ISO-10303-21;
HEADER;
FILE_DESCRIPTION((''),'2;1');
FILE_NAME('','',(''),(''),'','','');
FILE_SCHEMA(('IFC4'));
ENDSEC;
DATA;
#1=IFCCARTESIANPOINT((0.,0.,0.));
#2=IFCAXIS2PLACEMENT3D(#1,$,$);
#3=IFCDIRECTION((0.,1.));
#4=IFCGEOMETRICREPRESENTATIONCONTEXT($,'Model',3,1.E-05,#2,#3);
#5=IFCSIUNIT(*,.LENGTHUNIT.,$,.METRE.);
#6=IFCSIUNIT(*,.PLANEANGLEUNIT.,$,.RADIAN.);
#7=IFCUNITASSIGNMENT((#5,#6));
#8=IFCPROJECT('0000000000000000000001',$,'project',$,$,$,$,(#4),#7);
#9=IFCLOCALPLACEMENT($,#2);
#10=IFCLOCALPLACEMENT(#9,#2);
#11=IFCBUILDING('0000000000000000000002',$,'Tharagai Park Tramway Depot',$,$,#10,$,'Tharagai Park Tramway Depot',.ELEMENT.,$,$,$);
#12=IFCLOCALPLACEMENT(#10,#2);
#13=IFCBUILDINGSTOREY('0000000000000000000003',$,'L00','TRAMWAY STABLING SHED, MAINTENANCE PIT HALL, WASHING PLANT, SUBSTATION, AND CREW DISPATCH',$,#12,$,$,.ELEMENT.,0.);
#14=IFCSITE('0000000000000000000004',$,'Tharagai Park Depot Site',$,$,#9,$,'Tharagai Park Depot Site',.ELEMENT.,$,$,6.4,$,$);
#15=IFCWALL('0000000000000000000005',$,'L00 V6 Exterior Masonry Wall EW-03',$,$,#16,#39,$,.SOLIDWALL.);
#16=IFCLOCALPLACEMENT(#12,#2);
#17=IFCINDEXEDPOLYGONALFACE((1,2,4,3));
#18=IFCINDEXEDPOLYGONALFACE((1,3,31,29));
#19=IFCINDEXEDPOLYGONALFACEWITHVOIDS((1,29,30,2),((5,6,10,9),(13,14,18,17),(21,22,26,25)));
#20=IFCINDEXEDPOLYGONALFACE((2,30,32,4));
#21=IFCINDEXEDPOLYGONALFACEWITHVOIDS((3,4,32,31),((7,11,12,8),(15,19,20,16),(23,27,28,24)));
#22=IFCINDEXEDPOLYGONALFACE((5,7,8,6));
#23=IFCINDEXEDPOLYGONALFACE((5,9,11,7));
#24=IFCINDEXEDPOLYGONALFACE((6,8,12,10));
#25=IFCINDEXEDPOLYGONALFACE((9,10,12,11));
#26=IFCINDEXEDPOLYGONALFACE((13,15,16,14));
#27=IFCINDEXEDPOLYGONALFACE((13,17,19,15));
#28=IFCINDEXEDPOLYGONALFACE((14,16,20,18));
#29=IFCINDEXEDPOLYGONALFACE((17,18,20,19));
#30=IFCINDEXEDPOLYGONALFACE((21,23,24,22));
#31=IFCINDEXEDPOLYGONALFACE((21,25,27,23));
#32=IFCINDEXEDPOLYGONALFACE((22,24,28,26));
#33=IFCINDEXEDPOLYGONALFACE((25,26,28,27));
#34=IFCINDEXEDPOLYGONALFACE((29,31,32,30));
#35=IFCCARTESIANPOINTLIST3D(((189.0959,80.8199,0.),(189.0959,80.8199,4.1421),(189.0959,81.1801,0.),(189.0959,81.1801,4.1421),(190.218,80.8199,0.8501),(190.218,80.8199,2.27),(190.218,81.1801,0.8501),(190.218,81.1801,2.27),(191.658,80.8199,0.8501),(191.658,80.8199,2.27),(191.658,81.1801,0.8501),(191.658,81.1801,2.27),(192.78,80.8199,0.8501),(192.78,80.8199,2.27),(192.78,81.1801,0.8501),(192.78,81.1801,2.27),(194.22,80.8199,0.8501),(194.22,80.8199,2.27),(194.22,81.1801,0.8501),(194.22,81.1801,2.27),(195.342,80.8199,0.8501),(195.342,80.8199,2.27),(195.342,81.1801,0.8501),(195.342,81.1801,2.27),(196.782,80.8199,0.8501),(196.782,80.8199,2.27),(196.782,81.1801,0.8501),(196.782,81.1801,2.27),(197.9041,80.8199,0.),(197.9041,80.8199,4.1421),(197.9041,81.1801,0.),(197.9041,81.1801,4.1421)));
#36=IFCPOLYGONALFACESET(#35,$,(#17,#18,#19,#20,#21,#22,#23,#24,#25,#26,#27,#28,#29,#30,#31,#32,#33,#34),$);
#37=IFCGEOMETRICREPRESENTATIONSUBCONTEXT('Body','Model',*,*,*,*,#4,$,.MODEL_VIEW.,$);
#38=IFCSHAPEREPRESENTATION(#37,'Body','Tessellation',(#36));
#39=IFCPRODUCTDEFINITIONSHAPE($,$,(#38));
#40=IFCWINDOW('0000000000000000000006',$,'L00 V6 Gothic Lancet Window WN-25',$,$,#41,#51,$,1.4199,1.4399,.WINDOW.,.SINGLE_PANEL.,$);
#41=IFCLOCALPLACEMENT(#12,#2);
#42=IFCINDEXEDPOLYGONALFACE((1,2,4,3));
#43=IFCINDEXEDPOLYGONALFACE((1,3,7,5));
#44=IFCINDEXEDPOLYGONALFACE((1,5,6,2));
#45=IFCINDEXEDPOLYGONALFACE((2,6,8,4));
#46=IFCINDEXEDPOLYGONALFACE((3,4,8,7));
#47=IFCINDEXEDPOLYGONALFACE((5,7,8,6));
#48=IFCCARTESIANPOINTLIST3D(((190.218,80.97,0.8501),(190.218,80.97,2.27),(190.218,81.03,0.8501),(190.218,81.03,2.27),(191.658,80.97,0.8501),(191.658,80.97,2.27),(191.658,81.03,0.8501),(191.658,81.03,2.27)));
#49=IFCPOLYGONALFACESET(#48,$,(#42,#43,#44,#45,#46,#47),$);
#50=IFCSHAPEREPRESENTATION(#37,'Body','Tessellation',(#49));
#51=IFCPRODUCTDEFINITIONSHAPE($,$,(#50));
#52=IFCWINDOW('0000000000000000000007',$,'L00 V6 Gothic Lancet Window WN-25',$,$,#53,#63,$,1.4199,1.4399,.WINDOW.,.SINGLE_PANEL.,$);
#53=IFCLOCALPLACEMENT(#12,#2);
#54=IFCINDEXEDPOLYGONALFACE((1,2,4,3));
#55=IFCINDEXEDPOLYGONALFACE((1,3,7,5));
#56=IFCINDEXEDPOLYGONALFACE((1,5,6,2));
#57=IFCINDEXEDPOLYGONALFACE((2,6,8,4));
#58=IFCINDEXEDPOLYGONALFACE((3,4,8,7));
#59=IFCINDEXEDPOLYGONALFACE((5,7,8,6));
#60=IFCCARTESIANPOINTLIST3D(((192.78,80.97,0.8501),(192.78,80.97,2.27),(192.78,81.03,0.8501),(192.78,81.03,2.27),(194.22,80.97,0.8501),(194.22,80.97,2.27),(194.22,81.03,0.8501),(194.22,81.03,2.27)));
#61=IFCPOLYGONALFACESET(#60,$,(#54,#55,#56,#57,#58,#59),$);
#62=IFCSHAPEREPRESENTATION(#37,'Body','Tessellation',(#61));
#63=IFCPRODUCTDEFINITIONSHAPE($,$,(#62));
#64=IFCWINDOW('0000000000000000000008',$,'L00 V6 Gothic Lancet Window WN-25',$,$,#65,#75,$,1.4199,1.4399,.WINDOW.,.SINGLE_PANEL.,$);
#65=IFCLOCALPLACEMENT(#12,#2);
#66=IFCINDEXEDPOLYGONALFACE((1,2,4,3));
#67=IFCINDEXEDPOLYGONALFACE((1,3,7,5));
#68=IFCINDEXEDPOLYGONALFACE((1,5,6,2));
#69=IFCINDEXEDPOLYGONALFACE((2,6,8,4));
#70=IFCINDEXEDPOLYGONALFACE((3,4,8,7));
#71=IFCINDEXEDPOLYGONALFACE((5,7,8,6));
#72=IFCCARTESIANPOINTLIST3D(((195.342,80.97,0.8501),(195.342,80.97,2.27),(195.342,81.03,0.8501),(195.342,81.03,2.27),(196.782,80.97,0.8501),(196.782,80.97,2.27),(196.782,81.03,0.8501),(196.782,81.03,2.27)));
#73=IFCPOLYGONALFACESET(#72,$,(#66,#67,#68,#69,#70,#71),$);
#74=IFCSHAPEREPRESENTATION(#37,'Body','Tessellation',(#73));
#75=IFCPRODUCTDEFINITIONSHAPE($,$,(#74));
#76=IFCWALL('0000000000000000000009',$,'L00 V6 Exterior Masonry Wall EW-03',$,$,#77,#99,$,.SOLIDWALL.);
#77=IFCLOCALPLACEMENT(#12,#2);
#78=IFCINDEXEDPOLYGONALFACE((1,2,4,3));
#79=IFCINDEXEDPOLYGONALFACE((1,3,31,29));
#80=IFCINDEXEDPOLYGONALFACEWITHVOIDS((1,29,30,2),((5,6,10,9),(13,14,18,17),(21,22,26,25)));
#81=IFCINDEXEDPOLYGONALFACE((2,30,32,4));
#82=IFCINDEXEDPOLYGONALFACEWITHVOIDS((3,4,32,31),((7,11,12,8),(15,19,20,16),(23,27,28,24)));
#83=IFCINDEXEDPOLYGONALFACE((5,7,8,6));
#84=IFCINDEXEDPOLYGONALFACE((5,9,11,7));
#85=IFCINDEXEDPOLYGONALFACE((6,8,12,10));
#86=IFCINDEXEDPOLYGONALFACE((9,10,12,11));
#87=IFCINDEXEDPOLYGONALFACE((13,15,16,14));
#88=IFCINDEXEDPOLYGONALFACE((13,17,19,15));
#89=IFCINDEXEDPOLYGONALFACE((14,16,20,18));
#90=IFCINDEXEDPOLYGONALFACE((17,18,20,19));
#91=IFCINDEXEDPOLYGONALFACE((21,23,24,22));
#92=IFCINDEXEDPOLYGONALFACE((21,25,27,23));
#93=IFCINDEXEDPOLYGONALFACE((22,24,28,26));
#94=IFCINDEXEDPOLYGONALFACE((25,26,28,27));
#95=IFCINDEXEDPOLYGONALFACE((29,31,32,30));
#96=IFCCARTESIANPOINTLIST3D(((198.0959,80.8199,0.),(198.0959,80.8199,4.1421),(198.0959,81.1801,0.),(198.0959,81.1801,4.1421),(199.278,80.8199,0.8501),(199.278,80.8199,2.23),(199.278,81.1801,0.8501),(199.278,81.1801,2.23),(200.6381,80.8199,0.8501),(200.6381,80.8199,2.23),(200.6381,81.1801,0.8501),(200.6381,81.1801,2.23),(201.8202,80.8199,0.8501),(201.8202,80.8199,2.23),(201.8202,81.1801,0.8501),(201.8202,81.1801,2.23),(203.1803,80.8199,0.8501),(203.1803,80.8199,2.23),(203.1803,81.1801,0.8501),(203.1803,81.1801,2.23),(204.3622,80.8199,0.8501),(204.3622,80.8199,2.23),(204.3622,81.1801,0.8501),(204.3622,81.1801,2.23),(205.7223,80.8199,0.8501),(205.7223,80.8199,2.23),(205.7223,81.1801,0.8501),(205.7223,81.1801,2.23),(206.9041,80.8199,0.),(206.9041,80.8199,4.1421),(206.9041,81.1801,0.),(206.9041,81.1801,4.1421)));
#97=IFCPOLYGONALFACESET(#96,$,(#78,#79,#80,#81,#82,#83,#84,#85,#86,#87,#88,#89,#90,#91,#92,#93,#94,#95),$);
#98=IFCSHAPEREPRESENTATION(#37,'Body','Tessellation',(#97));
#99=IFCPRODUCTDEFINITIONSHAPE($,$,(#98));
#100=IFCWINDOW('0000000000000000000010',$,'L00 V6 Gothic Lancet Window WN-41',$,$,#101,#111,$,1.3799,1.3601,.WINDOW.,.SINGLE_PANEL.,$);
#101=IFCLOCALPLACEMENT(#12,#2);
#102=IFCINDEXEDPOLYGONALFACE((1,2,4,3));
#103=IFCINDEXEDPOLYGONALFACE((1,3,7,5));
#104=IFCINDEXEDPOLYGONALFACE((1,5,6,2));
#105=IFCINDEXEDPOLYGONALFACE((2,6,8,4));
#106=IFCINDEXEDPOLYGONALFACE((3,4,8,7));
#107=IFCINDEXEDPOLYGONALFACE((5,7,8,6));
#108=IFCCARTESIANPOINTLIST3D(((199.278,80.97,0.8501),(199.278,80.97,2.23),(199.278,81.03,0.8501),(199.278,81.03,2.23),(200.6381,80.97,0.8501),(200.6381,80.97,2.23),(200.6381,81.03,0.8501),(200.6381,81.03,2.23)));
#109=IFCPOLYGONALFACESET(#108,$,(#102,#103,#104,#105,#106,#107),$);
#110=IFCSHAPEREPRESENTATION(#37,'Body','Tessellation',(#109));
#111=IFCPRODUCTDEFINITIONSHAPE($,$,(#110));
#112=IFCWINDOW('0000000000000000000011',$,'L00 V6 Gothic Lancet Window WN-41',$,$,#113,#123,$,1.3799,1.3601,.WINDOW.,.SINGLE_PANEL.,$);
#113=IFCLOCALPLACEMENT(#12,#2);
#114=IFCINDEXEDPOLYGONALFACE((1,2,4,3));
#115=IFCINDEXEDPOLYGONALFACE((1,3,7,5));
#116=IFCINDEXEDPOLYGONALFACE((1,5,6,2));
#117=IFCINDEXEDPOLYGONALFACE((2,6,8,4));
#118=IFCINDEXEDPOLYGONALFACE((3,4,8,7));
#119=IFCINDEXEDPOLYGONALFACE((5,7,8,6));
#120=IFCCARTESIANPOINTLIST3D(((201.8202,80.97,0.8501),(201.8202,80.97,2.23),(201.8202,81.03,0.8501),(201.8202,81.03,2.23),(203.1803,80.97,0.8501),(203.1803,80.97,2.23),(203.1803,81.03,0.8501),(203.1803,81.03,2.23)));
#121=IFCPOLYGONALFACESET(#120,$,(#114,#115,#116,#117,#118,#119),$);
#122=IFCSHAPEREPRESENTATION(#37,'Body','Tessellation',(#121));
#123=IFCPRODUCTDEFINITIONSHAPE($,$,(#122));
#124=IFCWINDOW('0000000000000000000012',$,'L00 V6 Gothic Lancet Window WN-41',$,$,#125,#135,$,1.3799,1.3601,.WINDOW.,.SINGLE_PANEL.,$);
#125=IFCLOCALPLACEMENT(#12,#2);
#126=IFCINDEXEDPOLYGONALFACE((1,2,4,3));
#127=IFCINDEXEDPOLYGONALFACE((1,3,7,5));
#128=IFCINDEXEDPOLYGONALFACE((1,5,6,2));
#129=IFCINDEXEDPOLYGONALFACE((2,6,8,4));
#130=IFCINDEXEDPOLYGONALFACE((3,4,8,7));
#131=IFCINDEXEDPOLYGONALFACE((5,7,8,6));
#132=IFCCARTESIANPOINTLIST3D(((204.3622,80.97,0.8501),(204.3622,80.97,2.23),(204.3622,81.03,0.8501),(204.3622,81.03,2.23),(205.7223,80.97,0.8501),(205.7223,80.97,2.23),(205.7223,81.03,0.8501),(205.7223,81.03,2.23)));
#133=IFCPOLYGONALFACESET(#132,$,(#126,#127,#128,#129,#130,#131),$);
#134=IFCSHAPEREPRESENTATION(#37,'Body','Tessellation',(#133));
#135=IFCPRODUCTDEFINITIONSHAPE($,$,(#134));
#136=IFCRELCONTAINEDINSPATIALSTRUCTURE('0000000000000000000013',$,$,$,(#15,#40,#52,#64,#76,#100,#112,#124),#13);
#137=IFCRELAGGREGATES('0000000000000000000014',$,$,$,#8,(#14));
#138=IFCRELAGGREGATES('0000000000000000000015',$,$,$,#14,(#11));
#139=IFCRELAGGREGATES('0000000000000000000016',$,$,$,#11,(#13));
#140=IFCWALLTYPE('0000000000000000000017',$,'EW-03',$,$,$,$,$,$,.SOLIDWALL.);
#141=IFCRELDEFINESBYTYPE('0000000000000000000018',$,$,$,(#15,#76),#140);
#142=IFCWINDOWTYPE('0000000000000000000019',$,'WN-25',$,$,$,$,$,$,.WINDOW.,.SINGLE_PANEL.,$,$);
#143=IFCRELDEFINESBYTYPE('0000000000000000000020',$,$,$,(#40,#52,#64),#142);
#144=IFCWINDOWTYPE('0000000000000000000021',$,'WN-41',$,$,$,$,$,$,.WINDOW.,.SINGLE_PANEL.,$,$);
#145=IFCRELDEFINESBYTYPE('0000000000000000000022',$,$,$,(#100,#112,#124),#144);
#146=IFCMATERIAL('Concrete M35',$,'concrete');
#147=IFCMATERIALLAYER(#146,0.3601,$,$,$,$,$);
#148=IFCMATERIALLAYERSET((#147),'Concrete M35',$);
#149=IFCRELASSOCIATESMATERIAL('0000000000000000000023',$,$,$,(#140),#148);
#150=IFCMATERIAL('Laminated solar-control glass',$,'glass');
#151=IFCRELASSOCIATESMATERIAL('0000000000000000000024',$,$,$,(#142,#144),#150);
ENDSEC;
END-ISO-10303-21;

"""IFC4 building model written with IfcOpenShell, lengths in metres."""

from ifc_helpers import new_model, si_unit, direction, frame, frame_2d, origin, place, context, subcontext, project, spatial, rectangle, extrude, material, layer, layer_set, type_object, element, fill, save


model = new_model("IFC4")

# Units and contexts
model_context = context("Model", 3, precision=1e-05, world=origin(), true_north=direction((0.0, 1.0)))
body_context = subcontext(model_context, "Body", "Model", "MODEL_VIEW")
ifc_project = project(units=[si_unit("LENGTHUNIT", "METRE"), si_unit("PLANEANGLEUNIT", "RADIAN")], contexts=[model_context])

# Site, building, storey
site_placement = place(None, origin())
site = spatial("IfcSite", under=ifc_project, at=site_placement, Name="Tharagai Park Depot Site", LongName="Tharagai Park Depot Site", CompositionType="ELEMENT", RefElevation=6.4)
building_placement = place(site_placement, origin())
building = spatial("IfcBuilding", under=site, at=building_placement, Name="Tharagai Park Tramway Depot", LongName="Tharagai Park Tramway Depot", CompositionType="ELEMENT")
storey_placement = place(building_placement, origin())
storey = spatial("IfcBuildingStorey", under=building, at=storey_placement, Name="L00", Description="TRAMWAY STABLING SHED, MAINTENANCE PIT HALL, WASHING PLANT, SUBSTATION, AND CREW DISPATCH", CompositionType="ELEMENT", Elevation=0.0)

# Walls, openings, windows
ifc_material_1 = material(Name="Concrete M35", Category="concrete")
ifc_layer_1 = layer(ifc_material_1, 0.3601)
ifc_layer_set_1 = layer_set([ifc_layer_1], Name="Concrete M35")
wall_type_1 = type_object("IfcWallType", Name="EW-03", PredefinedType="SOLIDWALL", material=ifc_layer_set_1)
wall_1_placement = place(storey_placement, frame((189.0959, 81.0, 0.0), z_axis=(0.0, 0.0, 1.0), x_axis=(1.0, 0.0, 0.0)))
wall_1 = element("IfcWall", 1, at=wall_1_placement, inside=storey, type_object=wall_type_1, Name="L00 V6 Exterior Masonry Wall EW-03", PredefinedType="SOLIDWALL", context=body_context, shape_type="SweptSolid", body=[
    extrude(rectangle(XDim=8.8081, YDim=0.3601, at=frame_2d((4.4041, 0.0))), origin(), (0.0, 0.0, 1.0), 4.1421),
])
opening_1_placement = place(wall_1_placement, frame((1.1221, 0.0, 0.8501)))
opening_1 = element("IfcOpeningElement", 2, at=opening_1_placement, cuts=wall_1, PredefinedType="OPENING", context=body_context, shape_type="SweptSolid", body=[
    extrude(rectangle(XDim=1.4399, YDim=1.4199, at=frame_2d((0.72, 0.71))), frame((0.0, 0.1899, 0.0), z_axis=(0.0, -1.0, 0.0), x_axis=(1.0, 0.0, 0.0)), (0.0, 0.0, 1.0), 0.3801),
])
opening_2_placement = place(wall_1_placement, frame((3.6841, 0.0, 0.8501)))
opening_2 = element("IfcOpeningElement", 3, at=opening_2_placement, cuts=wall_1, PredefinedType="OPENING", context=body_context, shape_type="SweptSolid", body=[
    extrude(rectangle(XDim=1.4399, YDim=1.4199, at=frame_2d((0.72, 0.71))), frame((0.0, 0.1899, 0.0), z_axis=(0.0, -1.0, 0.0), x_axis=(1.0, 0.0, 0.0)), (0.0, 0.0, 1.0), 0.3801),
])
opening_3_placement = place(wall_1_placement, frame((6.2461, 0.0, 0.8501)))
opening_3 = element("IfcOpeningElement", 4, at=opening_3_placement, cuts=wall_1, PredefinedType="OPENING", context=body_context, shape_type="SweptSolid", body=[
    extrude(rectangle(XDim=1.4399, YDim=1.4199, at=frame_2d((0.72, 0.71))), frame((0.0, 0.1899, 0.0), z_axis=(0.0, -1.0, 0.0), x_axis=(1.0, 0.0, 0.0)), (0.0, 0.0, 1.0), 0.3801),
])
ifc_material_2 = material(Name="Laminated solar-control glass", Category="glass")
window_type_1 = type_object("IfcWindowType", Name="WN-25", PartitioningType="SINGLE_PANEL", PredefinedType="WINDOW", material=ifc_material_2)
window_1_placement = place(opening_1_placement, origin())
window_1 = element("IfcWindow", 5, at=window_1_placement, inside=storey, type_object=window_type_1, Name="L00 V6 Gothic Lancet Window WN-25", OverallHeight=1.4199, OverallWidth=1.4399, PartitioningType="SINGLE_PANEL", PredefinedType="WINDOW", context=body_context, shape_type="SweptSolid", body=[
    extrude(rectangle(XDim=1.4399, YDim=1.4199, at=frame_2d((0.72, 0.71))), frame((0.0, 0.03, 0.0), z_axis=(0.0, -1.0, 0.0), x_axis=(1.0, 0.0, 0.0)), (0.0, 0.0, 1.0), 0.0601),
])
fill(opening_1, window_1)
window_2_placement = place(opening_2_placement, origin())
window_2 = element("IfcWindow", 6, at=window_2_placement, inside=storey, type_object=window_type_1, Name="L00 V6 Gothic Lancet Window WN-25", OverallHeight=1.4199, OverallWidth=1.4399, PartitioningType="SINGLE_PANEL", PredefinedType="WINDOW", context=body_context, shape_type="SweptSolid", body=[
    extrude(rectangle(XDim=1.4399, YDim=1.4199, at=frame_2d((0.72, 0.71))), frame((0.0, 0.03, 0.0), z_axis=(0.0, -1.0, 0.0), x_axis=(1.0, 0.0, 0.0)), (0.0, 0.0, 1.0), 0.0601),
])
fill(opening_2, window_2)
window_3_placement = place(opening_3_placement, origin())
window_3 = element("IfcWindow", 7, at=window_3_placement, inside=storey, type_object=window_type_1, Name="L00 V6 Gothic Lancet Window WN-25", OverallHeight=1.4199, OverallWidth=1.4399, PartitioningType="SINGLE_PANEL", PredefinedType="WINDOW", context=body_context, shape_type="SweptSolid", body=[
    extrude(rectangle(XDim=1.4399, YDim=1.4199, at=frame_2d((0.72, 0.71))), frame((0.0, 0.03, 0.0), z_axis=(0.0, -1.0, 0.0), x_axis=(1.0, 0.0, 0.0)), (0.0, 0.0, 1.0), 0.0601),
])
fill(opening_3, window_3)
wall_2_placement = place(storey_placement, frame((198.0959, 81.0, 0.0), z_axis=(0.0, 0.0, 1.0), x_axis=(1.0, 0.0, 0.0)))
wall_2 = element("IfcWall", 8, at=wall_2_placement, inside=storey, type_object=wall_type_1, Name="L00 V6 Exterior Masonry Wall EW-03", PredefinedType="SOLIDWALL", context=body_context, shape_type="SweptSolid", body=[
    extrude(rectangle(XDim=8.8081, YDim=0.3601, at=frame_2d((4.4041, 0.0))), origin(), (0.0, 0.0, 1.0), 4.1421),
])
opening_4_placement = place(wall_2_placement, frame((1.1819, 0.0, 0.8501)))
opening_4 = element("IfcOpeningElement", 9, at=opening_4_placement, cuts=wall_2, PredefinedType="OPENING", context=body_context, shape_type="SweptSolid", body=[
    extrude(rectangle(XDim=1.3601, YDim=1.3799, at=frame_2d((0.6802, 0.6899))), frame((0.0, 0.1899, 0.0), z_axis=(0.0, -1.0, 0.0), x_axis=(1.0, 0.0, 0.0)), (0.0, 0.0, 1.0), 0.3801),
])
opening_5_placement = place(wall_2_placement, frame((3.7241, 0.0, 0.8501)))
opening_5 = element("IfcOpeningElement", 10, at=opening_5_placement, cuts=wall_2, PredefinedType="OPENING", context=body_context, shape_type="SweptSolid", body=[
    extrude(rectangle(XDim=1.3601, YDim=1.3799, at=frame_2d((0.6802, 0.6899))), frame((0.0, 0.1899, 0.0), z_axis=(0.0, -1.0, 0.0), x_axis=(1.0, 0.0, 0.0)), (0.0, 0.0, 1.0), 0.3801),
])
opening_6_placement = place(wall_2_placement, frame((6.2661, 0.0, 0.8501)))
opening_6 = element("IfcOpeningElement", 11, at=opening_6_placement, cuts=wall_2, PredefinedType="OPENING", context=body_context, shape_type="SweptSolid", body=[
    extrude(rectangle(XDim=1.3601, YDim=1.3799, at=frame_2d((0.6802, 0.6899))), frame((0.0, 0.1899, 0.0), z_axis=(0.0, -1.0, 0.0), x_axis=(1.0, 0.0, 0.0)), (0.0, 0.0, 1.0), 0.3801),
])
window_type_2 = type_object("IfcWindowType", Name="WN-41", PartitioningType="SINGLE_PANEL", PredefinedType="WINDOW", material=ifc_material_2)
window_4_placement = place(opening_4_placement, origin())
window_4 = element("IfcWindow", 12, at=window_4_placement, inside=storey, type_object=window_type_2, Name="L00 V6 Gothic Lancet Window WN-41", OverallHeight=1.3799, OverallWidth=1.3601, PartitioningType="SINGLE_PANEL", PredefinedType="WINDOW", context=body_context, shape_type="SweptSolid", body=[
    extrude(rectangle(XDim=1.3601, YDim=1.3799, at=frame_2d((0.6802, 0.6899))), frame((0.0, 0.03, 0.0), z_axis=(0.0, -1.0, 0.0), x_axis=(1.0, 0.0, 0.0)), (0.0, 0.0, 1.0), 0.0601),
])
fill(opening_4, window_4)
window_5_placement = place(opening_5_placement, origin())
window_5 = element("IfcWindow", 13, at=window_5_placement, inside=storey, type_object=window_type_2, Name="L00 V6 Gothic Lancet Window WN-41", OverallHeight=1.3799, OverallWidth=1.3601, PartitioningType="SINGLE_PANEL", PredefinedType="WINDOW", context=body_context, shape_type="SweptSolid", body=[
    extrude(rectangle(XDim=1.3601, YDim=1.3799, at=frame_2d((0.6802, 0.6899))), frame((0.0, 0.03, 0.0), z_axis=(0.0, -1.0, 0.0), x_axis=(1.0, 0.0, 0.0)), (0.0, 0.0, 1.0), 0.0601),
])
fill(opening_5, window_5)
window_6_placement = place(opening_6_placement, origin())
window_6 = element("IfcWindow", 14, at=window_6_placement, inside=storey, type_object=window_type_2, Name="L00 V6 Gothic Lancet Window WN-41", OverallHeight=1.3799, OverallWidth=1.3601, PartitioningType="SINGLE_PANEL", PredefinedType="WINDOW", context=body_context, shape_type="SweptSolid", body=[
    extrude(rectangle(XDim=1.3601, YDim=1.3799, at=frame_2d((0.6802, 0.6899))), frame((0.0, 0.03, 0.0), z_axis=(0.0, -1.0, 0.0), x_axis=(1.0, 0.0, 0.0)), (0.0, 0.0, 1.0), 0.0601),
])
fill(opening_6, window_6)

save(model, "model.ifc")
